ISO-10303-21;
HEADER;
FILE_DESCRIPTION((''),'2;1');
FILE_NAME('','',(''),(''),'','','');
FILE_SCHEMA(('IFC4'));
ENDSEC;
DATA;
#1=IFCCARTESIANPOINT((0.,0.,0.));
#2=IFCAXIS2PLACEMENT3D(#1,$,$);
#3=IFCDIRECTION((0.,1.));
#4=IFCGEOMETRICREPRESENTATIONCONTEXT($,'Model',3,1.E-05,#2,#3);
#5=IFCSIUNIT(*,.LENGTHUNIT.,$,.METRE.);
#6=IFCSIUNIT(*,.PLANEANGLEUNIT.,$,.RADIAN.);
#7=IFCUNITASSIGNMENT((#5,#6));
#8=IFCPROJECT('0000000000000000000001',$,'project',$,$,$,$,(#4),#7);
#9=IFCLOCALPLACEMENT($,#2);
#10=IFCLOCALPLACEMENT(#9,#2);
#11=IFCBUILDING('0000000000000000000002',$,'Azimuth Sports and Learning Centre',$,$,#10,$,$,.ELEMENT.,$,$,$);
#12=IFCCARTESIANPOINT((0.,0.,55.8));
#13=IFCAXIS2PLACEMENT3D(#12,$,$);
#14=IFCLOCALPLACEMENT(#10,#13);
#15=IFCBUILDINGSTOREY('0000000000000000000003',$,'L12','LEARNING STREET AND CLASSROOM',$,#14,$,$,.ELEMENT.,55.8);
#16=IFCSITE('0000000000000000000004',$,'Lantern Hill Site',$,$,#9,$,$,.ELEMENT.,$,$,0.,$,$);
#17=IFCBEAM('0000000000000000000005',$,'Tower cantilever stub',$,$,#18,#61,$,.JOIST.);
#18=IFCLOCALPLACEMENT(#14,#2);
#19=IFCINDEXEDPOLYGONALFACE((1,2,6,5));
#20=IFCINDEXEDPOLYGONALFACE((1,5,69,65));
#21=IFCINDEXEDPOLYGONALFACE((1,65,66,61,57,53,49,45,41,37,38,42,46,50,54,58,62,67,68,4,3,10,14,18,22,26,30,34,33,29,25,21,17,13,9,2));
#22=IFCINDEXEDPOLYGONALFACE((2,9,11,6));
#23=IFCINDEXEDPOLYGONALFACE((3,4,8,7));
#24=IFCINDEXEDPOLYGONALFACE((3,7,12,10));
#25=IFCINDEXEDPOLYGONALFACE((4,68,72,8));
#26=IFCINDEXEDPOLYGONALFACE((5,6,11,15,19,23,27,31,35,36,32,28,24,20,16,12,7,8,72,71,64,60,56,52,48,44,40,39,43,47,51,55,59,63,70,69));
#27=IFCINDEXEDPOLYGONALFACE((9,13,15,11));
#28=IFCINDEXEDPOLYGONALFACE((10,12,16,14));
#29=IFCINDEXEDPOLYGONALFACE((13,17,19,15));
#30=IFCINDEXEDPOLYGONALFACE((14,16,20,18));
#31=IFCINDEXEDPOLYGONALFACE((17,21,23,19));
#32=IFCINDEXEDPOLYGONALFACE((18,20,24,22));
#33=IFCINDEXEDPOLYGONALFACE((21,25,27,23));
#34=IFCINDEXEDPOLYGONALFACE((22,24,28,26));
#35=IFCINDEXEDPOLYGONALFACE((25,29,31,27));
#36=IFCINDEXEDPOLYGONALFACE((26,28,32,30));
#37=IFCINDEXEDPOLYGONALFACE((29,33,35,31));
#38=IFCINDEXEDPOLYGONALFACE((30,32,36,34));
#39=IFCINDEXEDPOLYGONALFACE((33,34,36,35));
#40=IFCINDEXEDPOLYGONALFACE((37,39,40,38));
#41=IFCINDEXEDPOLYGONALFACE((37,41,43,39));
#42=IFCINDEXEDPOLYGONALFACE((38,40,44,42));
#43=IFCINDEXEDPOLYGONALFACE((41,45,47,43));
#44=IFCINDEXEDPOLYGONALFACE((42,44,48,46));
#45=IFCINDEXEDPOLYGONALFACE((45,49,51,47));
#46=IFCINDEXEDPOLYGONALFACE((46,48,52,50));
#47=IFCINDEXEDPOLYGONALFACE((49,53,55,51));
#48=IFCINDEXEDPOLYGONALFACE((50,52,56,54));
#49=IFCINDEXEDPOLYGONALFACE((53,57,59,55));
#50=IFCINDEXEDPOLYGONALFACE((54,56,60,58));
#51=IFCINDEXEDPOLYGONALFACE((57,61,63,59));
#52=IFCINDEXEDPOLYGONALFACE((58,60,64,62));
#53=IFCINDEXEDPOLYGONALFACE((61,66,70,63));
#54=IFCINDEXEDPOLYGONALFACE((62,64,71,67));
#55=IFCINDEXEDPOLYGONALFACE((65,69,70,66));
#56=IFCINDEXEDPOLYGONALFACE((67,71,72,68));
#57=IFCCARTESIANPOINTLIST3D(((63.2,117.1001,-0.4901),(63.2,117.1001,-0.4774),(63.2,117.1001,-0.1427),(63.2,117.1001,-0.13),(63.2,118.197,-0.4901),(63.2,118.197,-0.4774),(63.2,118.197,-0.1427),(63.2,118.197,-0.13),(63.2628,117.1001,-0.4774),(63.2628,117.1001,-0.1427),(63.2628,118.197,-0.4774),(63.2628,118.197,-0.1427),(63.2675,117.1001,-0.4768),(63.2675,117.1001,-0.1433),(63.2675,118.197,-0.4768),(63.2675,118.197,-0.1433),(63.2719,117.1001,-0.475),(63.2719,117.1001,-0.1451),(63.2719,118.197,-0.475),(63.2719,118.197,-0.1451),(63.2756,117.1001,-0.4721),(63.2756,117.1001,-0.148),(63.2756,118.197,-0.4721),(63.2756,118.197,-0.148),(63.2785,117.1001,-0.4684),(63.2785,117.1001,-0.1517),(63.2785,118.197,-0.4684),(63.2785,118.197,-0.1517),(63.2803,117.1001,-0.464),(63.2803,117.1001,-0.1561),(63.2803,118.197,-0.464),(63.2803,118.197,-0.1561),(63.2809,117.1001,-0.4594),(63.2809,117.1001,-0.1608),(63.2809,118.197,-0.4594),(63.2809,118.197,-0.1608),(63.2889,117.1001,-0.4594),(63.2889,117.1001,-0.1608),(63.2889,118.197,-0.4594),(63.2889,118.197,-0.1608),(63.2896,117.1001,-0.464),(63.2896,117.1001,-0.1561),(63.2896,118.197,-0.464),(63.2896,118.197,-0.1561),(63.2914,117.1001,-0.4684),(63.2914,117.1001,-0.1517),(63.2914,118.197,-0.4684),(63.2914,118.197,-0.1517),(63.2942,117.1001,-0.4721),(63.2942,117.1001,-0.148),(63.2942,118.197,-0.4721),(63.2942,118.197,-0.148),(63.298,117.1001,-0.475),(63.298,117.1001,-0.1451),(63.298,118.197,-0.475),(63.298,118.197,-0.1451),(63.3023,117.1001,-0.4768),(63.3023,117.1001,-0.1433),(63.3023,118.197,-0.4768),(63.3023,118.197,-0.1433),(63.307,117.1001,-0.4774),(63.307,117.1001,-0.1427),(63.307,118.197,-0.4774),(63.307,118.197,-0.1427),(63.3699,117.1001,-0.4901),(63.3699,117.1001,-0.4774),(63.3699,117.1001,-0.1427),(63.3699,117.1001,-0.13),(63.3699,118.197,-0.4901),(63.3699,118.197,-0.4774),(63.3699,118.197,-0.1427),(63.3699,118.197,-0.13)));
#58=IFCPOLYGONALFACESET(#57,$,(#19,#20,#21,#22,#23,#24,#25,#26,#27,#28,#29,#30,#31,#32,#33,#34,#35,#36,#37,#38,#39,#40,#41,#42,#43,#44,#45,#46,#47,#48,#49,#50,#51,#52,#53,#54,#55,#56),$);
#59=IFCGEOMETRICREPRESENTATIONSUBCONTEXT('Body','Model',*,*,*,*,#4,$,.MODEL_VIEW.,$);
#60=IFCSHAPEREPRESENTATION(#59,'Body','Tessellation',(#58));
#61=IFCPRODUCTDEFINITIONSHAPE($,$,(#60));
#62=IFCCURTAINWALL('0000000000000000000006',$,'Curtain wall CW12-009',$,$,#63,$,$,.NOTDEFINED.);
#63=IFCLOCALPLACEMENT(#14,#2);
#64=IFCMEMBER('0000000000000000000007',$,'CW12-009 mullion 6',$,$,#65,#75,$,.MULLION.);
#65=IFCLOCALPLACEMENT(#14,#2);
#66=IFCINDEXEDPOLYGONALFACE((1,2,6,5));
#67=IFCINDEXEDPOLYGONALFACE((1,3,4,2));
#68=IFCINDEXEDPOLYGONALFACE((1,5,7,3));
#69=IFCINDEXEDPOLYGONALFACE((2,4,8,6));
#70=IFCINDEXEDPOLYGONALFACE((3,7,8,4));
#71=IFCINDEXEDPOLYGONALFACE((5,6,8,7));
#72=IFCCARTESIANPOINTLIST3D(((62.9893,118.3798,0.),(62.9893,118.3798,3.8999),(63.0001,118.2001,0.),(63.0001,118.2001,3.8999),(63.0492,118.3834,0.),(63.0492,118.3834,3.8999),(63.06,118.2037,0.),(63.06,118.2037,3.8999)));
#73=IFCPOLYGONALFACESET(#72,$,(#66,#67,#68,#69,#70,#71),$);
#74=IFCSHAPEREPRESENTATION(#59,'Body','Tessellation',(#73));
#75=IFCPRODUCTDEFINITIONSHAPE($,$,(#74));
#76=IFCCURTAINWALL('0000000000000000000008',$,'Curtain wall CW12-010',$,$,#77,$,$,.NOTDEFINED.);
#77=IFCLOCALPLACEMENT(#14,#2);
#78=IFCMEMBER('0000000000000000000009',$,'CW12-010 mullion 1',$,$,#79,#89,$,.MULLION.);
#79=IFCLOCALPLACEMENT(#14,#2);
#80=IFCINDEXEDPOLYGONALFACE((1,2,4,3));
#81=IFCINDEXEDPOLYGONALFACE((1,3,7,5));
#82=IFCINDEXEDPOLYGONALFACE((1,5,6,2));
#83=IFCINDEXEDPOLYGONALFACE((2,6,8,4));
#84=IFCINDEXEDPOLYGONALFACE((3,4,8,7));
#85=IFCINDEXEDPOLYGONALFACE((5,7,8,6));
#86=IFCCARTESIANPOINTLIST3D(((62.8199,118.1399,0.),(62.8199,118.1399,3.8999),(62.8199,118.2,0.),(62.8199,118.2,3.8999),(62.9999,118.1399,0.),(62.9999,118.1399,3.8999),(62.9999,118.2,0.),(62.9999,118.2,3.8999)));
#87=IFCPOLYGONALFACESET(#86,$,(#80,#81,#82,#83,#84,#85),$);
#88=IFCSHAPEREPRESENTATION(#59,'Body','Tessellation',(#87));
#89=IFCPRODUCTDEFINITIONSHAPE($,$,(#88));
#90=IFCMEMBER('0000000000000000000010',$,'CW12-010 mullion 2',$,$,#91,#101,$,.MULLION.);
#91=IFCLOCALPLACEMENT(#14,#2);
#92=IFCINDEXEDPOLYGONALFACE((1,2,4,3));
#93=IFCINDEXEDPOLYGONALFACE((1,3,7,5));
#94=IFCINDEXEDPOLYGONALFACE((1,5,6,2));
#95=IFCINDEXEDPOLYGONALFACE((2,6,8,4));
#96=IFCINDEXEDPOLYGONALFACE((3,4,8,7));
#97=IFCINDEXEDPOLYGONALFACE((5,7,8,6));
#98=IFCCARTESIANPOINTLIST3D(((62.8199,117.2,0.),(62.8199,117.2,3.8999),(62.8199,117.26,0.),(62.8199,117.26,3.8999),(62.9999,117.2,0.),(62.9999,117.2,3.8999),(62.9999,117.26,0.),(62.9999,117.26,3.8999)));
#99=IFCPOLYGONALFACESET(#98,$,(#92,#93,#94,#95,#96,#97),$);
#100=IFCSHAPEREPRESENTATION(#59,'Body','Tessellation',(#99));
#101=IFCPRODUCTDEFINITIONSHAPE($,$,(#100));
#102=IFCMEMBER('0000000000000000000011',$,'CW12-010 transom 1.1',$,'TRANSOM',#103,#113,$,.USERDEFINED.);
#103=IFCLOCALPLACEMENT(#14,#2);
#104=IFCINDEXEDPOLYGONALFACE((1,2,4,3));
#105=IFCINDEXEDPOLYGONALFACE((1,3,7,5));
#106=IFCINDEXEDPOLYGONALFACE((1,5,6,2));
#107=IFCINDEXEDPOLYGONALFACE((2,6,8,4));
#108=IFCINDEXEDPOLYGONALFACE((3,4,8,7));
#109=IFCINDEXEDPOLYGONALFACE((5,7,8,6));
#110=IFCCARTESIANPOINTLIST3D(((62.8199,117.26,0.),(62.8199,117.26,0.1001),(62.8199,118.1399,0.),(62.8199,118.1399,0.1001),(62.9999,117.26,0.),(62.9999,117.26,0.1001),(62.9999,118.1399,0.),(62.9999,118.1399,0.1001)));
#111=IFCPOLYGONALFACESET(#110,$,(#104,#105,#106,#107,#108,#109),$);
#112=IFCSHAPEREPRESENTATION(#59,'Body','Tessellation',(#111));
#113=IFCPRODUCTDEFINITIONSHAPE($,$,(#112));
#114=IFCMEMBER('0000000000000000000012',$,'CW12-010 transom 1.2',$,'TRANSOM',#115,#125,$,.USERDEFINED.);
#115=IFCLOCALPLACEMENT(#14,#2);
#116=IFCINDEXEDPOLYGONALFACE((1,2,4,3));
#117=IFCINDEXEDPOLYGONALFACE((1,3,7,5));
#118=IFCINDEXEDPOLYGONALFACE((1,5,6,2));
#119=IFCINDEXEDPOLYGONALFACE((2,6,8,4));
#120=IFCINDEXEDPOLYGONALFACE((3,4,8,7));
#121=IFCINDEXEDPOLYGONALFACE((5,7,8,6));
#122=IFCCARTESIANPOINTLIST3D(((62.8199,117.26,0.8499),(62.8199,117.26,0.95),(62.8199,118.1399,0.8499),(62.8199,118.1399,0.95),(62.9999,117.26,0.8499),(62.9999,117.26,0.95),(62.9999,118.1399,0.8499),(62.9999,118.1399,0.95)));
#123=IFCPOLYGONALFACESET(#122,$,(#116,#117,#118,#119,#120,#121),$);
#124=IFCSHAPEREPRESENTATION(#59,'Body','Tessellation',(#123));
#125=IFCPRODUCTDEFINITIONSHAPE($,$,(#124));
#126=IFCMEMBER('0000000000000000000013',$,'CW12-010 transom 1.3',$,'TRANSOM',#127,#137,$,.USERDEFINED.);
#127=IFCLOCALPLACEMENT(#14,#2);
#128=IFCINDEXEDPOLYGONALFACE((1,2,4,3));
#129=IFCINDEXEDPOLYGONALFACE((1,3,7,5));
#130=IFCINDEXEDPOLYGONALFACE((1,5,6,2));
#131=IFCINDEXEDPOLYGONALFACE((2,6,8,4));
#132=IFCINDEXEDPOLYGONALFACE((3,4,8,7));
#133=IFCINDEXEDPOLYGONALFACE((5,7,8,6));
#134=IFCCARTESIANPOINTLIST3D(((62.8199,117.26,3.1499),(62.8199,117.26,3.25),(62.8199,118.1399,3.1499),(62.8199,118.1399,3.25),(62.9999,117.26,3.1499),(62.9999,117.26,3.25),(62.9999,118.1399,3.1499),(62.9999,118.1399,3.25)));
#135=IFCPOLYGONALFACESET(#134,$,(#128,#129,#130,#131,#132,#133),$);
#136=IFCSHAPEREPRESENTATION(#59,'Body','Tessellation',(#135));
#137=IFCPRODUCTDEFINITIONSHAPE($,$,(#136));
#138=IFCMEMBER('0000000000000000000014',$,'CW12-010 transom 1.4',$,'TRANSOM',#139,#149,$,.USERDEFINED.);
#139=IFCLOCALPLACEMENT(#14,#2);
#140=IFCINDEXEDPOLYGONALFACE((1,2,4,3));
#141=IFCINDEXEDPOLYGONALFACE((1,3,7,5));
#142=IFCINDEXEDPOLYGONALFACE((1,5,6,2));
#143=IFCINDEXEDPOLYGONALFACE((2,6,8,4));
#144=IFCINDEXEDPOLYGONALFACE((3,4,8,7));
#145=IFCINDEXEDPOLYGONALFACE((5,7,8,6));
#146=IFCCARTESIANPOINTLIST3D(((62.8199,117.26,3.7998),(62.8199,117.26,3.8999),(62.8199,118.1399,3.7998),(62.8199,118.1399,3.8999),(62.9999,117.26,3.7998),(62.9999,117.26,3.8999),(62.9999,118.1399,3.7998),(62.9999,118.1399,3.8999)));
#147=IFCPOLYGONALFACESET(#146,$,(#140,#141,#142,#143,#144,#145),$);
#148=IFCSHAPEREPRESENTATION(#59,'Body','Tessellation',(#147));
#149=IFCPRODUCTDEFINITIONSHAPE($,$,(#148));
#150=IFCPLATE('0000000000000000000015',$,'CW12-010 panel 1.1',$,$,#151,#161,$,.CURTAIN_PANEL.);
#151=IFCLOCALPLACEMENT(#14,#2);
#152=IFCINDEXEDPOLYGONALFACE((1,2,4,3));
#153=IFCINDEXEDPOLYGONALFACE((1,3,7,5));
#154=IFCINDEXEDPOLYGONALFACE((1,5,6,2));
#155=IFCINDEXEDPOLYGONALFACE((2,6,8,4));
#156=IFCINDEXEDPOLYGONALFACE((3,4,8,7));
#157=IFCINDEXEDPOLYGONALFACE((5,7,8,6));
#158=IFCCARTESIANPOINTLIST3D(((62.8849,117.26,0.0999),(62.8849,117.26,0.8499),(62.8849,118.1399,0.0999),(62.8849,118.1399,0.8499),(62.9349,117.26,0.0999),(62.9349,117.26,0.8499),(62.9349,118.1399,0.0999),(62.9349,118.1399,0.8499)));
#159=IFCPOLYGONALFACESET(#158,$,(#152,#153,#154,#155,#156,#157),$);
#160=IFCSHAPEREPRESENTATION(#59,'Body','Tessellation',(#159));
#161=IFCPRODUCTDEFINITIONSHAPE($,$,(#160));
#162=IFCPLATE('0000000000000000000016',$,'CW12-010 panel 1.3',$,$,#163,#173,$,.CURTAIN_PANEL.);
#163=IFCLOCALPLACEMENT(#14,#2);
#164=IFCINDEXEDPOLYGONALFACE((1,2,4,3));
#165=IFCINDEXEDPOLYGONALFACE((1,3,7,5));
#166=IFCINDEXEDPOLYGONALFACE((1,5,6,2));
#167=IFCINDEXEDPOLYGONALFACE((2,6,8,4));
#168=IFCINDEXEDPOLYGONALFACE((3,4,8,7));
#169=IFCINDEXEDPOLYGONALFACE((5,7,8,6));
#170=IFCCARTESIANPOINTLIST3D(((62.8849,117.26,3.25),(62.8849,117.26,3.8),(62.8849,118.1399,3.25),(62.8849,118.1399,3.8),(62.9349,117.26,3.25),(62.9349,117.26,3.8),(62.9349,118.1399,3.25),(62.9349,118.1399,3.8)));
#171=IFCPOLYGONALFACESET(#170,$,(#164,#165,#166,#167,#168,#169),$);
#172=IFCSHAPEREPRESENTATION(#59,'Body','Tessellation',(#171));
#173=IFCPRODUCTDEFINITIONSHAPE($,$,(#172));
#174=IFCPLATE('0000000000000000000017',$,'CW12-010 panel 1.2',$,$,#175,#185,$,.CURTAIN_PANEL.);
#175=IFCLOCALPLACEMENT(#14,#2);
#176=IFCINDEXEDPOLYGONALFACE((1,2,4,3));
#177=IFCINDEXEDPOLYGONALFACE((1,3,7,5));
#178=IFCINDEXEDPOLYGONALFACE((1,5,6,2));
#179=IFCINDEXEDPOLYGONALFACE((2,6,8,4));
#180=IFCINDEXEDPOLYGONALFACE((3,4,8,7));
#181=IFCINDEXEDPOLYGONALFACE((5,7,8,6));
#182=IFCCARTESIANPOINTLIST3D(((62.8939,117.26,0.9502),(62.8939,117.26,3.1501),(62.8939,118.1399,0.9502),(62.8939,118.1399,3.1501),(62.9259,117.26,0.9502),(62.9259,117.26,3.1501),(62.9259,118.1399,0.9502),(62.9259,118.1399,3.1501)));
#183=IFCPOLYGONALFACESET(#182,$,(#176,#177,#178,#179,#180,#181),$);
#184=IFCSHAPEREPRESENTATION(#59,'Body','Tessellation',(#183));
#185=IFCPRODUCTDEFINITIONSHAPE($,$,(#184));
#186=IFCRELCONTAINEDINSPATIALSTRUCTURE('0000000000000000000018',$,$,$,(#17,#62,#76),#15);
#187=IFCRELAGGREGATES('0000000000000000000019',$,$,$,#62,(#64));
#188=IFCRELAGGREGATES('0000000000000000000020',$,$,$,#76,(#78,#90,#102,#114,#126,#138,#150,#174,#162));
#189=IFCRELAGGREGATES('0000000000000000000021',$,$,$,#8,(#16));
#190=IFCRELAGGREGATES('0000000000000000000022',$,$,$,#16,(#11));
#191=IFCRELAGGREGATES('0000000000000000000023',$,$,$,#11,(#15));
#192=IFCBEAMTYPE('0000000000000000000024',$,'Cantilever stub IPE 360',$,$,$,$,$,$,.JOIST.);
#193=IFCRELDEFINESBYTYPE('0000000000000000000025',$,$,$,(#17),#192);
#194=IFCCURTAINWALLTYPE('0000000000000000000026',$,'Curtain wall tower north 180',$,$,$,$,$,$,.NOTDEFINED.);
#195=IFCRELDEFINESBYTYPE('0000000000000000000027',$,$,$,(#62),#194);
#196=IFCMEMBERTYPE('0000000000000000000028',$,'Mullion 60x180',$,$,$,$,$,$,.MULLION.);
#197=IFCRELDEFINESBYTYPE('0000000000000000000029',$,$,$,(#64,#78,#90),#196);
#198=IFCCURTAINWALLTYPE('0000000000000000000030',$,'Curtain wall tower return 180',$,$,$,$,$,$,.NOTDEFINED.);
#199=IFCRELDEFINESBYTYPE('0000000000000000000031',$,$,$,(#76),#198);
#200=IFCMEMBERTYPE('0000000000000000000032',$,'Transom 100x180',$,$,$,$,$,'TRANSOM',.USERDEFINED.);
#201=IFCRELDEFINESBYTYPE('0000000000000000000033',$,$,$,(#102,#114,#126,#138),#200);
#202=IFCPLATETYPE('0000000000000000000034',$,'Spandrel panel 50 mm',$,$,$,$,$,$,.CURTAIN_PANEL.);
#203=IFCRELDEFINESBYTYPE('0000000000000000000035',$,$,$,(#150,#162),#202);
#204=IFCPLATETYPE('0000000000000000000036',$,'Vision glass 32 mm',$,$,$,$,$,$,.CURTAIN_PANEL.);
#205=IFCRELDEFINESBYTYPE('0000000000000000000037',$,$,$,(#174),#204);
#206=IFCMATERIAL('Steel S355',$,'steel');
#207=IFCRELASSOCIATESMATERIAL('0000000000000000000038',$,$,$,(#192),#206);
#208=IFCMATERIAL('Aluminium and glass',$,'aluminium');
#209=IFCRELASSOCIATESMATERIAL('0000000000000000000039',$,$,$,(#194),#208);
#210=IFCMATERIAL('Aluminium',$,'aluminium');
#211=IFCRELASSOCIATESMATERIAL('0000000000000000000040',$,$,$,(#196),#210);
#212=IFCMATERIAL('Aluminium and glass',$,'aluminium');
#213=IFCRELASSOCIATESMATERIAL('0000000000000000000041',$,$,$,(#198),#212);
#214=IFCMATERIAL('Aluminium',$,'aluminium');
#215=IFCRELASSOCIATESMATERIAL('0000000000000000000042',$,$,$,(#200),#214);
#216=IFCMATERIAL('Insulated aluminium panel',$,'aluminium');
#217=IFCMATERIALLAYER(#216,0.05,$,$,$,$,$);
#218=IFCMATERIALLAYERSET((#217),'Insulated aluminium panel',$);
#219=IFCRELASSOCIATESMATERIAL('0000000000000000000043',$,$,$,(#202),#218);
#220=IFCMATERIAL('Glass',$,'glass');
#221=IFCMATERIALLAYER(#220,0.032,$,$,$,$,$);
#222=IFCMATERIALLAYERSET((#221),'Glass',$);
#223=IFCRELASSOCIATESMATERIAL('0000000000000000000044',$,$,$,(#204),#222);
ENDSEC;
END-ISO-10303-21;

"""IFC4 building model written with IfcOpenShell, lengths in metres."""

from ifc_helpers import new_model, si_unit, direction, frame, origin, origin_2d, place, context, subcontext, project, spatial, rectangle, i_section, extrude, material, layer, layer_set, material_profile, profile_set, type_object, element, aggregate, save


model = new_model("IFC4")

# Units and contexts
model_context = context("Model", 3, precision=1e-05, world=origin(), true_north=direction((0.0, 1.0)))
body_context = subcontext(model_context, "Body", "Model", "MODEL_VIEW")
ifc_project = project(units=[si_unit("LENGTHUNIT", "METRE"), si_unit("PLANEANGLEUNIT", "RADIAN")], contexts=[model_context])

# Site, building, storey
site_placement = place(None, origin())
site = spatial("IfcSite", under=ifc_project, at=site_placement, Name="Lantern Hill Site", CompositionType="ELEMENT", RefElevation=0.0)
building_placement = place(site_placement, origin())
building = spatial("IfcBuilding", under=site, at=building_placement, Name="Azimuth Sports and Learning Centre", CompositionType="ELEMENT")
storey_placement = place(building_placement, frame((0.0, 0.0, 55.8)))
storey = spatial("IfcBuildingStorey", under=building, at=storey_placement, Name="L12", Description="LEARNING STREET AND CLASSROOM", CompositionType="ELEMENT", Elevation=55.8)

# Beam
ifc_material_1 = material(Name="Steel S355", Category="steel")
ifc_material_profile_1 = material_profile(ifc_material_1, i_section(OverallWidth=0.1699, OverallDepth=0.3601, WebThickness=0.0081, FlangeThickness=0.0127, FilletRadius=0.0181, at=origin_2d()), Name="IPE 360")
ifc_profile_set_1 = profile_set([ifc_material_profile_1], Name="Steel S355")
beam_type = type_object("IfcBeamType", Name="Cantilever stub IPE 360", PredefinedType="JOIST", material=ifc_profile_set_1)
beam_placement = place(storey_placement, frame((63.2849, 117.1001, -0.3101), z_axis=(0.0, 1.0, 0.0), x_axis=(-1.0, 0.0, 0.0)))
element("IfcBeam", 1, at=beam_placement, inside=storey, type_object=beam_type, Name="Tower cantilever stub", PredefinedType="JOIST", context=body_context, shape_type="SweptSolid", body=[
    extrude(i_section(OverallWidth=0.1699, OverallDepth=0.3601, WebThickness=0.0081, FlangeThickness=0.0127, FilletRadius=0.0181, at=origin_2d()), origin(), (0.0, 0.0, 1.0), 1.0969),
])

# Curtain wall, member
ifc_material_2 = material(Name="Aluminium and glass", Category="aluminium")
curtain_wall_type_1 = type_object("IfcCurtainWallType", Name="Curtain wall tower north 180", PredefinedType="NOTDEFINED", material=ifc_material_2)
curtain_wall_1_placement = place(storey_placement, origin())
curtain_wall_1 = element("IfcCurtainWall", 2, at=curtain_wall_1_placement, inside=storey, type_object=curtain_wall_type_1, Name="Curtain wall CW12-009", PredefinedType="NOTDEFINED")
ifc_material_3 = material(Name="Aluminium", Category="aluminium")
ifc_material_profile_2 = material_profile(ifc_material_3, rectangle(XDim=0.1799, YDim=0.0601, at=origin_2d()), Name="Mullion 60x180")
ifc_profile_set_2 = profile_set([ifc_material_profile_2], Name="Aluminium")
member_type_1 = type_object("IfcMemberType", Name="Mullion 60x180", PredefinedType="MULLION", material=ifc_profile_set_2)
member_1_placement = place(storey_placement, frame((63.0247, 118.2917, 0.0), z_axis=(0.0, 0.0, 1.0), x_axis=(0.059892, -0.998205, 0.0)))
member_1 = element("IfcMember", 3, at=member_1_placement, type_object=member_type_1, Name="CW12-009 mullion 6", PredefinedType="MULLION", context=body_context, shape_type="SweptSolid", body=[
    extrude(rectangle(XDim=0.1799, YDim=0.0601, at=origin_2d()), origin(), (0.0, 0.0, 1.0), 3.8999),
])
aggregate(curtain_wall_1, [member_1])

# Curtain wall, members, plates
ifc_material_4 = material(Name="Aluminium and glass", Category="aluminium")
curtain_wall_type_2 = type_object("IfcCurtainWallType", Name="Curtain wall tower return 180", PredefinedType="NOTDEFINED", material=ifc_material_4)
curtain_wall_2_placement = place(storey_placement, origin())
curtain_wall_2 = element("IfcCurtainWall", 4, at=curtain_wall_2_placement, inside=storey, type_object=curtain_wall_type_2, Name="Curtain wall CW12-010", PredefinedType="NOTDEFINED")
member_2_placement = place(storey_placement, frame((62.9099, 118.1699, 0.0), z_axis=(0.0, 0.0, 1.0), x_axis=(1.0, 0.0, 0.0)))
member_2 = element("IfcMember", 5, at=member_2_placement, type_object=member_type_1, Name="CW12-010 mullion 1", PredefinedType="MULLION", context=body_context, shape_type="SweptSolid", body=[
    extrude(rectangle(XDim=0.1799, YDim=0.0601, at=origin_2d()), origin(), (0.0, 0.0, 1.0), 3.8999),
])
member_3_placement = place(storey_placement, frame((62.9099, 117.23, 0.0), z_axis=(0.0, 0.0, 1.0), x_axis=(1.0, 0.0, 0.0)))
member_3 = element("IfcMember", 6, at=member_3_placement, type_object=member_type_1, Name="CW12-010 mullion 2", PredefinedType="MULLION", context=body_context, shape_type="SweptSolid", body=[
    extrude(rectangle(XDim=0.1799, YDim=0.0601, at=origin_2d()), origin(), (0.0, 0.0, 1.0), 3.8999),
])
ifc_material_5 = material(Name="Aluminium", Category="aluminium")
ifc_material_profile_3 = material_profile(ifc_material_5, rectangle(XDim=0.1799, YDim=0.1001, at=origin_2d()), Name="Transom 100x180")
ifc_profile_set_3 = profile_set([ifc_material_profile_3], Name="Aluminium")
member_type_2 = type_object("IfcMemberType", Name="Transom 100x180", ElementType="TRANSOM", PredefinedType="USERDEFINED", material=ifc_profile_set_3)
member_4_placement = place(storey_placement, frame((62.9099, 118.1399, 0.05), z_axis=(0.0, -1.0, 0.0), x_axis=(1.0, 0.0, 0.0)))
member_4 = element("IfcMember", 7, at=member_4_placement, type_object=member_type_2, Name="CW12-010 transom 1.1", ObjectType="TRANSOM", PredefinedType="USERDEFINED", context=body_context, shape_type="SweptSolid", body=[
    extrude(rectangle(XDim=0.1799, YDim=0.1001, at=origin_2d()), origin(), (0.0, 0.0, 1.0), 0.8799),
])
member_5_placement = place(storey_placement, frame((62.9099, 118.1399, 0.8999), z_axis=(0.0, -1.0, 0.0), x_axis=(1.0, 0.0, 0.0)))
member_5 = element("IfcMember", 8, at=member_5_placement, type_object=member_type_2, Name="CW12-010 transom 1.2", ObjectType="TRANSOM", PredefinedType="USERDEFINED", context=body_context, shape_type="SweptSolid", body=[
    extrude(rectangle(XDim=0.1799, YDim=0.1001, at=origin_2d()), origin(), (0.0, 0.0, 1.0), 0.8799),
])
member_6_placement = place(storey_placement, frame((62.9099, 118.1399, 3.2), z_axis=(0.0, -1.0, 0.0), x_axis=(1.0, 0.0, 0.0)))
member_6 = element("IfcMember", 9, at=member_6_placement, type_object=member_type_2, Name="CW12-010 transom 1.3", ObjectType="TRANSOM", PredefinedType="USERDEFINED", context=body_context, shape_type="SweptSolid", body=[
    extrude(rectangle(XDim=0.1799, YDim=0.1001, at=origin_2d()), origin(), (0.0, 0.0, 1.0), 0.8799),
])
member_7_placement = place(storey_placement, frame((62.9099, 118.1399, 3.8499), z_axis=(0.0, -1.0, 0.0), x_axis=(1.0, 0.0, 0.0)))
member_7 = element("IfcMember", 10, at=member_7_placement, type_object=member_type_2, Name="CW12-010 transom 1.4", ObjectType="TRANSOM", PredefinedType="USERDEFINED", context=body_context, shape_type="SweptSolid", body=[
    extrude(rectangle(XDim=0.1799, YDim=0.1001, at=origin_2d()), origin(), (0.0, 0.0, 1.0), 0.8799),
])
ifc_material_6 = material(Name="Insulated aluminium panel", Category="aluminium")
ifc_layer_1 = layer(ifc_material_6, 0.05)
ifc_layer_set_1 = layer_set([ifc_layer_1], Name="Insulated aluminium panel")
plate_type_1 = type_object("IfcPlateType", Name="Spandrel panel 50 mm", PredefinedType="CURTAIN_PANEL", material=ifc_layer_set_1)
plate_1_placement = place(storey_placement, frame((62.9099, 117.7, 0.0999), z_axis=(0.0, 0.0, 1.0), x_axis=(0.0, -1.0, 0.0)))
plate_1 = element("IfcPlate", 11, at=plate_1_placement, type_object=plate_type_1, Name="CW12-010 panel 1.1", PredefinedType="CURTAIN_PANEL", context=body_context, shape_type="SweptSolid", body=[
    extrude(rectangle(XDim=0.8799, YDim=0.05, at=origin_2d()), origin(), (0.0, 0.0, 1.0), 0.75),
])
plate_2_placement = place(storey_placement, frame((62.9099, 117.7, 3.25), z_axis=(0.0, 0.0, 1.0), x_axis=(0.0, -1.0, 0.0)))
plate_2 = element("IfcPlate", 12, at=plate_2_placement, type_object=plate_type_1, Name="CW12-010 panel 1.3", PredefinedType="CURTAIN_PANEL", context=body_context, shape_type="SweptSolid", body=[
    extrude(rectangle(XDim=0.8799, YDim=0.05, at=origin_2d()), origin(), (0.0, 0.0, 1.0), 0.55),
])
ifc_material_7 = material(Name="Glass", Category="glass")
ifc_layer_2 = layer(ifc_material_7, 0.032)
ifc_layer_set_2 = layer_set([ifc_layer_2], Name="Glass")
plate_type_2 = type_object("IfcPlateType", Name="Vision glass 32 mm", PredefinedType="CURTAIN_PANEL", material=ifc_layer_set_2)
plate_3_placement = place(storey_placement, frame((62.9099, 117.7, 0.9502), z_axis=(0.0, 0.0, 1.0), x_axis=(0.0, -1.0, 0.0)))
plate_3 = element("IfcPlate", 13, at=plate_3_placement, type_object=plate_type_2, Name="CW12-010 panel 1.2", PredefinedType="CURTAIN_PANEL", context=body_context, shape_type="SweptSolid", body=[
    extrude(rectangle(XDim=0.8799, YDim=0.032, at=origin_2d()), origin(), (0.0, 0.0, 1.0), 2.2),
])
aggregate(curtain_wall_2, [member_2, member_3, member_4, member_5, member_6, member_7, plate_1, plate_3, plate_2])

save(model, "model.ifc")
